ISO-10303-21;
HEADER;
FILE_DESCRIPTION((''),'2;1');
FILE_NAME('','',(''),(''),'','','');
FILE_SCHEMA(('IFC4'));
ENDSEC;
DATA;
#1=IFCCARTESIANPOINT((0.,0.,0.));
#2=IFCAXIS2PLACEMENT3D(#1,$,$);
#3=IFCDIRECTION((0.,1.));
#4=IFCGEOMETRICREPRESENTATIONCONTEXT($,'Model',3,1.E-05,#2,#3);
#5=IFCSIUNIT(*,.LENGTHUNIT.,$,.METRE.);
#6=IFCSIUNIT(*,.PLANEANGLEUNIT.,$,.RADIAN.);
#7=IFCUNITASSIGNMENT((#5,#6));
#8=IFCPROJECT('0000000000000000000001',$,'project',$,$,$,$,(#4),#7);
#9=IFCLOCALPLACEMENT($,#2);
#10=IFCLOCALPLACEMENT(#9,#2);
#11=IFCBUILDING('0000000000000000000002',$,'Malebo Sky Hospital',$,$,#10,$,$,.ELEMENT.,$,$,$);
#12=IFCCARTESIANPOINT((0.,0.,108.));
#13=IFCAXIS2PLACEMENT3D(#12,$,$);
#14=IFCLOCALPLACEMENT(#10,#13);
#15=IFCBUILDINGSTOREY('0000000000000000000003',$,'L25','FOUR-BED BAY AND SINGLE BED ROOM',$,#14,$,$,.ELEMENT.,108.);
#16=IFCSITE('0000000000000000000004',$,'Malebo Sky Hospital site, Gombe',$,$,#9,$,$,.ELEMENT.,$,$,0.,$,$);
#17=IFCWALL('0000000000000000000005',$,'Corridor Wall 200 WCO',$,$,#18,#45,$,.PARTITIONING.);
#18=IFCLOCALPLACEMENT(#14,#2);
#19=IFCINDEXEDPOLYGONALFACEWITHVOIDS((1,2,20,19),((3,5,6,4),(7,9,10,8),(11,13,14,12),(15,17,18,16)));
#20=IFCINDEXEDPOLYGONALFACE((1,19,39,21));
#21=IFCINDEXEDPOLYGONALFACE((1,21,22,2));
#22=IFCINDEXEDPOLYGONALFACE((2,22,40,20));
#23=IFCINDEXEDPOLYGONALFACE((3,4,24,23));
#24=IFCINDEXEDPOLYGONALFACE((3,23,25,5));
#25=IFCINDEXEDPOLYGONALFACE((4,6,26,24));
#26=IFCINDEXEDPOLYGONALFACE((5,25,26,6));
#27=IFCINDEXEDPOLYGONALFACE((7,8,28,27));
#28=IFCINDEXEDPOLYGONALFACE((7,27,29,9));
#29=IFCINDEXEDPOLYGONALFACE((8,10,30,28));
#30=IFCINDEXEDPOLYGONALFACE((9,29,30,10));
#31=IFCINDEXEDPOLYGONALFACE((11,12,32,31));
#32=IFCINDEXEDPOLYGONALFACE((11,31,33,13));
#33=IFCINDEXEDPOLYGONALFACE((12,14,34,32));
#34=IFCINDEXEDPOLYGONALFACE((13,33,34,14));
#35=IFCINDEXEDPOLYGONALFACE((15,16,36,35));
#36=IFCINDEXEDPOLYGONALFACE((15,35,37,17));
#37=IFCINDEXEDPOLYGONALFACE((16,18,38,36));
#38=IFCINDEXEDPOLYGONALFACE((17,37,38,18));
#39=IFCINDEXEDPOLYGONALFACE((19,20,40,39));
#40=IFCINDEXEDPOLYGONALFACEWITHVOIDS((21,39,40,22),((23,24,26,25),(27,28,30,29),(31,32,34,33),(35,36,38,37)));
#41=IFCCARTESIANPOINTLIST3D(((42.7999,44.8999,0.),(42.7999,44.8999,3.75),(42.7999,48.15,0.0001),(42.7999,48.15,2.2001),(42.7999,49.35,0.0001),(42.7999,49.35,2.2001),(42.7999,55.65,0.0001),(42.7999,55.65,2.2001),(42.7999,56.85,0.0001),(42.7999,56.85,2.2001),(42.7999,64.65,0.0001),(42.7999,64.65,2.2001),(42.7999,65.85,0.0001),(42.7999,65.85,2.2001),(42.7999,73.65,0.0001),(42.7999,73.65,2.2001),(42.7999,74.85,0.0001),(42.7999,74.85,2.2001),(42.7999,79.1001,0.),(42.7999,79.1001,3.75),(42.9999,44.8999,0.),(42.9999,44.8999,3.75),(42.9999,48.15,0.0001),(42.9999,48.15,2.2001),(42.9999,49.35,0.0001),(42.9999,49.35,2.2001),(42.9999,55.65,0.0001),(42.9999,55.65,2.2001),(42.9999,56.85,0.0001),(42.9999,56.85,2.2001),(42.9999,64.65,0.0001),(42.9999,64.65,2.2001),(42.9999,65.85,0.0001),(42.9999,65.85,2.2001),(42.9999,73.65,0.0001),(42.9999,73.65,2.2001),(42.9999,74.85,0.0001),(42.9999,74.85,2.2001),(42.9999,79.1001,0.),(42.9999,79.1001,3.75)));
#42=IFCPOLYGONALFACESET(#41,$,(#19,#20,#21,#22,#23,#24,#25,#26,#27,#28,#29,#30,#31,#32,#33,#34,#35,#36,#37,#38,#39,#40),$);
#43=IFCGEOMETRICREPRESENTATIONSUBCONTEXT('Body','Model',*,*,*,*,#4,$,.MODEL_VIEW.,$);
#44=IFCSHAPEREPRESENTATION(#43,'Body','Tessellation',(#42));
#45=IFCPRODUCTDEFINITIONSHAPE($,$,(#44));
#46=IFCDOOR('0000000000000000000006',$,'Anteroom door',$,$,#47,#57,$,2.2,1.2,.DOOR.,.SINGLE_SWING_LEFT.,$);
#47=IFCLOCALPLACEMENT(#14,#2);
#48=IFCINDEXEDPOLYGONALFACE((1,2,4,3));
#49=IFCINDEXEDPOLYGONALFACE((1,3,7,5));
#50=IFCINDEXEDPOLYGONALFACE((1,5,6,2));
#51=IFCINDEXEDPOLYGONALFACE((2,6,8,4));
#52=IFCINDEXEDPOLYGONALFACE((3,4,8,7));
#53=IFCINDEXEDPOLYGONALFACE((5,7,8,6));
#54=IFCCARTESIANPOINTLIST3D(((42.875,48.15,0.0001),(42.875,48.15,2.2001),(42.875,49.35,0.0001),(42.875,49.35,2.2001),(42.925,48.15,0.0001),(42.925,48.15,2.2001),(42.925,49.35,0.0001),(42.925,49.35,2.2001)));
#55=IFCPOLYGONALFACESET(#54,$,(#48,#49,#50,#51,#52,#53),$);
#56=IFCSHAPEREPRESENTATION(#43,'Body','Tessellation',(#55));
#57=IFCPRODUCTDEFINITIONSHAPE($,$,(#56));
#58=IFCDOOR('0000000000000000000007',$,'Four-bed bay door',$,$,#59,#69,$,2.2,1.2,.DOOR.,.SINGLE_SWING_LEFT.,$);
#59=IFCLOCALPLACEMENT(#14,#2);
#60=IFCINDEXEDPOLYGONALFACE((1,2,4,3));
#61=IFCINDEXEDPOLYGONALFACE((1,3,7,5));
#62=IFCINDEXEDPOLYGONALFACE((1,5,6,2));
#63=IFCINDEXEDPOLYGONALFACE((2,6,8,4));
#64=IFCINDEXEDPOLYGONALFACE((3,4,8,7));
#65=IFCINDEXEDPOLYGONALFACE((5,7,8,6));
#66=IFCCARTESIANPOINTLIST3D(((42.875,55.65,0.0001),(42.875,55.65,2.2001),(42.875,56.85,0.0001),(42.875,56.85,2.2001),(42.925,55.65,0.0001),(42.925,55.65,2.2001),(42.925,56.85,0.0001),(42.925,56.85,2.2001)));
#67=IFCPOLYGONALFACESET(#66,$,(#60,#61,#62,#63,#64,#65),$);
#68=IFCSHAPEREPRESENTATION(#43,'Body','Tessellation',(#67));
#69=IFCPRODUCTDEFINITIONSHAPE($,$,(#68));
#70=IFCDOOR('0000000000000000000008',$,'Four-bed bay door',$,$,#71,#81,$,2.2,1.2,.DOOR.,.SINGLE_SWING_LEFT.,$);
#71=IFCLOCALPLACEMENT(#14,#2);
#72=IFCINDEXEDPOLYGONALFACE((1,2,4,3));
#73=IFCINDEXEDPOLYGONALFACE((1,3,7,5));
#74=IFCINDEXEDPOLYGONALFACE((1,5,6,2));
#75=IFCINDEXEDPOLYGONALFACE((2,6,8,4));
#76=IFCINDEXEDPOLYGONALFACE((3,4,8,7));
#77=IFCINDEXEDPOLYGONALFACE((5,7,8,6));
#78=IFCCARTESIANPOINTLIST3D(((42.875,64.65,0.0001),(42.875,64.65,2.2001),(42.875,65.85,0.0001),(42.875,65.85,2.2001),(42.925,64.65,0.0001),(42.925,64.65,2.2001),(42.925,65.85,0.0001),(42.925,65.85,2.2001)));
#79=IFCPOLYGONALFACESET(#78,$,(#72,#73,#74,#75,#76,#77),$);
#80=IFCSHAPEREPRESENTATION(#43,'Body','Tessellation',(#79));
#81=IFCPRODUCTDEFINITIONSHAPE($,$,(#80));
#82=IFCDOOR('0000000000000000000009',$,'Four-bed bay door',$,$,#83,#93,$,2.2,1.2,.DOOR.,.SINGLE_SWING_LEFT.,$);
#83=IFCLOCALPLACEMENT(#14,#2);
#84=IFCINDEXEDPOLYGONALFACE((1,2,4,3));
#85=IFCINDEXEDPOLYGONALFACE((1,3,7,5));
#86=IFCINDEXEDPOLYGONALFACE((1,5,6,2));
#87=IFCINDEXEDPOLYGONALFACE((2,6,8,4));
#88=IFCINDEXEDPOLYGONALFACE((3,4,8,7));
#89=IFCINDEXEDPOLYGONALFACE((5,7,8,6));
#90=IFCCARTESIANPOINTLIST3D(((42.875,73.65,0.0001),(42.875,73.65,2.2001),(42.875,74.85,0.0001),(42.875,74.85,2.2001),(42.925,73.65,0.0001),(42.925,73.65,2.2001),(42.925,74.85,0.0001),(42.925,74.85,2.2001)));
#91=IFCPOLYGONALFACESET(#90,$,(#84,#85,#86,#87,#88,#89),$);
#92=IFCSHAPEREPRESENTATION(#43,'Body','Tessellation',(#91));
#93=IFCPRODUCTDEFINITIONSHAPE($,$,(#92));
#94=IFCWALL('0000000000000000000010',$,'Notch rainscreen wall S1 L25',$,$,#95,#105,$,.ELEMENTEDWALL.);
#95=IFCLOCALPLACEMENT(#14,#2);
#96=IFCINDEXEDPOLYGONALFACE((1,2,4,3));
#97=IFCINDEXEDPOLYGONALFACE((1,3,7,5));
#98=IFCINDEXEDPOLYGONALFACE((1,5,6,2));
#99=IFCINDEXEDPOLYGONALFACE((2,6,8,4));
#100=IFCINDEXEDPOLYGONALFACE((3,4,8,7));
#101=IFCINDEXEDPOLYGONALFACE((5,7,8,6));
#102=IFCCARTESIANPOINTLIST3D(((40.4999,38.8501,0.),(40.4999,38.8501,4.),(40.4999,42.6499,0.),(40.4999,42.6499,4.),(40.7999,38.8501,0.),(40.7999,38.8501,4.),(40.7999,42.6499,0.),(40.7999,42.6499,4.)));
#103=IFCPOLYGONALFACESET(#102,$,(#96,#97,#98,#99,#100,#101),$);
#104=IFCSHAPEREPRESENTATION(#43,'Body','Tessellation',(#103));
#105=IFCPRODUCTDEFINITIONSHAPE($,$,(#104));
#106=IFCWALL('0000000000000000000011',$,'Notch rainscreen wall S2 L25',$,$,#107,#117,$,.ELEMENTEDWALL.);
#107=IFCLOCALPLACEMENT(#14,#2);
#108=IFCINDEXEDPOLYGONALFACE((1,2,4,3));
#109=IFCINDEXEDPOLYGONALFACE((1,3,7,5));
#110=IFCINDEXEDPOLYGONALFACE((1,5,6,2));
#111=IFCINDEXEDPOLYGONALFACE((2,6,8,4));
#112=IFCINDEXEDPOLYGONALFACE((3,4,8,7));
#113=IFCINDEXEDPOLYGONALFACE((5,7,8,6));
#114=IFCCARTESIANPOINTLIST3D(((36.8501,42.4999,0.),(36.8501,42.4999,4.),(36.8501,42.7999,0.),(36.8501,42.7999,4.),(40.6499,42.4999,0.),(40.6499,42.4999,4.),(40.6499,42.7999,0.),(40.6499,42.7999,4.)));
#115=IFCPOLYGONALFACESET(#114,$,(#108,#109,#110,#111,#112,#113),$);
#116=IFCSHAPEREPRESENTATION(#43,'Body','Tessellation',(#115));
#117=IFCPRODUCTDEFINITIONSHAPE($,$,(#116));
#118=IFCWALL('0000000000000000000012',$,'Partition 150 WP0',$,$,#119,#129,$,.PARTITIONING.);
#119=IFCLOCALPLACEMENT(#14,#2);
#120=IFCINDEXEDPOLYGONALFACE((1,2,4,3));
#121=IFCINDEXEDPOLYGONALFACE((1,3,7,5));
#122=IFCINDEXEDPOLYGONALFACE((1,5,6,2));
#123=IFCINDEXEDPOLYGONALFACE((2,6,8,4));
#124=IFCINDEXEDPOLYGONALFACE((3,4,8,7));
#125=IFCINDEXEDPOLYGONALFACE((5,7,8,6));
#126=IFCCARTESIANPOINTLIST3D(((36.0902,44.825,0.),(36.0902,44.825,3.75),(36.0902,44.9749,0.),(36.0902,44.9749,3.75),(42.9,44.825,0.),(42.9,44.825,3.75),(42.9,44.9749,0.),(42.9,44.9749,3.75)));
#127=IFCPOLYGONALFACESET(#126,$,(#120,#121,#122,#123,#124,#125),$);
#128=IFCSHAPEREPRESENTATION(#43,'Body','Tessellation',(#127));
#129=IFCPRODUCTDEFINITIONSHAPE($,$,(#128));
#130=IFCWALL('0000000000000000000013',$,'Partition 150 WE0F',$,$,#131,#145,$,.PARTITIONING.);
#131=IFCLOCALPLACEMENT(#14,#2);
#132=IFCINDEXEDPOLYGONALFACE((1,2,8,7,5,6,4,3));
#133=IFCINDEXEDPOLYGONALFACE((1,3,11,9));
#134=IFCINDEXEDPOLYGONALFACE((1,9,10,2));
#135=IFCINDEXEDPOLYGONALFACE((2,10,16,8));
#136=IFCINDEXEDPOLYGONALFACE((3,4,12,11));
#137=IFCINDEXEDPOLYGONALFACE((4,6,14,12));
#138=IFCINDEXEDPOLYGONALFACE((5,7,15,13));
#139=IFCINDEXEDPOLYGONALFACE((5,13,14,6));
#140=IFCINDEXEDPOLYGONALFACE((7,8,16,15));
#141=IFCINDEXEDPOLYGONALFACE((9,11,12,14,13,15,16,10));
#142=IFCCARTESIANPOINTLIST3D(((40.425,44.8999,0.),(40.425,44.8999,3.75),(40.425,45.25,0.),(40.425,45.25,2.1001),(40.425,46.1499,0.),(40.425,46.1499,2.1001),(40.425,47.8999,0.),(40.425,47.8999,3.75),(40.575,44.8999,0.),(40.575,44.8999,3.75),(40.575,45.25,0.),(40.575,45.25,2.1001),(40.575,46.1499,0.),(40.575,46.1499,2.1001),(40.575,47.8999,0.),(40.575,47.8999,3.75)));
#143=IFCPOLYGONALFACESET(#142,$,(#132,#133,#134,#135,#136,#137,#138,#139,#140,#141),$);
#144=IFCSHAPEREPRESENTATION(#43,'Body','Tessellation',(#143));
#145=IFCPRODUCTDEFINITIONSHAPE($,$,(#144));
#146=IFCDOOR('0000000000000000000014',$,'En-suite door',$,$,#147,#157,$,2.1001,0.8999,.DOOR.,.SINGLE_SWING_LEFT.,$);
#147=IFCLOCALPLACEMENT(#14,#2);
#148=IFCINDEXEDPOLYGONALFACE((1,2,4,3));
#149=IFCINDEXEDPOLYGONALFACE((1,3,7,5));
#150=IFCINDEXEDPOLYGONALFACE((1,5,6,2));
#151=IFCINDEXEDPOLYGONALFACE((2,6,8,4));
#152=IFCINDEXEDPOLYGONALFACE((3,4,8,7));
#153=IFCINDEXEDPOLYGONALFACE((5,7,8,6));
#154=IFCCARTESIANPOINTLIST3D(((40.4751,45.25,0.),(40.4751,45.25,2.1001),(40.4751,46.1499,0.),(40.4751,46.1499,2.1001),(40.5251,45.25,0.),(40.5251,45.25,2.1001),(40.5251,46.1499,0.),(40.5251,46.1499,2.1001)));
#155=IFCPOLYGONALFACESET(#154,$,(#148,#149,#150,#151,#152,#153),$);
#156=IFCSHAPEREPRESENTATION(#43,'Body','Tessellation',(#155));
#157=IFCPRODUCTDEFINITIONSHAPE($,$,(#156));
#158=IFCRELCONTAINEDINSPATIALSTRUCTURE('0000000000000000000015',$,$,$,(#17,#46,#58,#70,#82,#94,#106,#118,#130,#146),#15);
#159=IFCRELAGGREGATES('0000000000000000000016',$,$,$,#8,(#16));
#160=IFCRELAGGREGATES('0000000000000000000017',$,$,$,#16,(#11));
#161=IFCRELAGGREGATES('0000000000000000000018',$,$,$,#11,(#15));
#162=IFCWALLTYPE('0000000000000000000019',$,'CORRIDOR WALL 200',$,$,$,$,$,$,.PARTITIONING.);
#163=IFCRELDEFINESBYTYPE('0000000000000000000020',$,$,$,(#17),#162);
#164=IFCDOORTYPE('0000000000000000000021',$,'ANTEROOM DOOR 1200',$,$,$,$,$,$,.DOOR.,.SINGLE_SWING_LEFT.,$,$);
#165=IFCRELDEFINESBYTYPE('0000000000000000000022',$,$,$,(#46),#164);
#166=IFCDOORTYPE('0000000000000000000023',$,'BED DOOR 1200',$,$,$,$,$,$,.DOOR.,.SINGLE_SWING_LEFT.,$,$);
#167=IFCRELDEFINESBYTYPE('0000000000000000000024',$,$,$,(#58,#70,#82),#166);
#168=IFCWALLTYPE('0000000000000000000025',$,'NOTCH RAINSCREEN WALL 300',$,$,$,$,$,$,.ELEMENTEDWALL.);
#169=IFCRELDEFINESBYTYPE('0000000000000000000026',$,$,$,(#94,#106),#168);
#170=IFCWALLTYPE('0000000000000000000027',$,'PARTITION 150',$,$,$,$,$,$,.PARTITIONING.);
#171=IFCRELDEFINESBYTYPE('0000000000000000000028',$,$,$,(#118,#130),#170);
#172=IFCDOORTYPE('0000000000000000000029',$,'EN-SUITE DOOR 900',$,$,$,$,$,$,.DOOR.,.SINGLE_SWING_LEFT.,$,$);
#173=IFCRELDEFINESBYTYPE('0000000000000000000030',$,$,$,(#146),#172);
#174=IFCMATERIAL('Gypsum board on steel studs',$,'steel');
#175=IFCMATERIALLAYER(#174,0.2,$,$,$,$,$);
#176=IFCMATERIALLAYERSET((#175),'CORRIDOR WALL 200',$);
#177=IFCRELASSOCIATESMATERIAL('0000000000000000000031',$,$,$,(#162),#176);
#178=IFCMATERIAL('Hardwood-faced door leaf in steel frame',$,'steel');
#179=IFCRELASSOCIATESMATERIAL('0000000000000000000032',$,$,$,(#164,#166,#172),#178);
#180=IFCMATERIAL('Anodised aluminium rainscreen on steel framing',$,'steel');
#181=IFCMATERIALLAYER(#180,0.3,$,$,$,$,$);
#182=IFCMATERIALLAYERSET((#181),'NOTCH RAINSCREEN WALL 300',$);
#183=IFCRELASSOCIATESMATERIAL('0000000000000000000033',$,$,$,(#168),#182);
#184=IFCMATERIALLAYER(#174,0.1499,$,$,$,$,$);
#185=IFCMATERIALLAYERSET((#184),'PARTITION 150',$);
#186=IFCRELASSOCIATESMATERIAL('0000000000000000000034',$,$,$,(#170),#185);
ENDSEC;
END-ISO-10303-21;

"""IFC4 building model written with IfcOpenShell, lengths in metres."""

from ifc_helpers import new_model, si_unit, direction, frame, frame_2d, origin, place, context, subcontext, project, spatial, rectangle, extrude, material, layer, layer_set, type_object, element, fill, save


model = new_model("IFC4")

# Units and contexts
model_context = context("Model", 3, precision=1e-05, world=origin(), true_north=direction((0.0, 1.0)))
body_context = subcontext(model_context, "Body", "Model", "MODEL_VIEW")
ifc_project = project(units=[si_unit("LENGTHUNIT", "METRE"), si_unit("PLANEANGLEUNIT", "RADIAN")], contexts=[model_context])

# Site, building, storey
site_placement = place(None, origin())
site = spatial("IfcSite", under=ifc_project, at=site_placement, Name="Malebo Sky Hospital site, Gombe", CompositionType="ELEMENT", RefElevation=0.0)
building_placement = place(site_placement, origin())
building = spatial("IfcBuilding", under=site, at=building_placement, Name="Malebo Sky Hospital", CompositionType="ELEMENT")
storey_placement = place(building_placement, frame((0.0, 0.0, 108.0)))
storey = spatial("IfcBuildingStorey", under=building, at=storey_placement, Name="L25", Description="FOUR-BED BAY AND SINGLE BED ROOM", CompositionType="ELEMENT", Elevation=108.0)

# Wall, openings, doors
ifc_material_1 = material(Name="Gypsum board on steel studs", Category="steel")
ifc_layer_1 = layer(ifc_material_1, 0.2)
ifc_layer_set_1 = layer_set([ifc_layer_1], Name="CORRIDOR WALL 200")
wall_type_1 = type_object("IfcWallType", Name="CORRIDOR WALL 200", PredefinedType="PARTITIONING", material=ifc_layer_set_1)
wall_1_placement = place(storey_placement, frame((42.8999, 44.8999, 0.0), z_axis=(0.0, 0.0, 1.0), x_axis=(0.0, 1.0, 0.0)))
wall_1 = element("IfcWall", 1, at=wall_1_placement, inside=storey, type_object=wall_type_1, Name="Corridor Wall 200 WCO", PredefinedType="PARTITIONING", context=body_context, shape_type="SweptSolid", body=[
    extrude(rectangle(XDim=34.2002, YDim=0.2, at=frame_2d((17.1001, 0.0))), origin(), (0.0, 0.0, 1.0), 3.75),
])
opening_1_placement = place(wall_1_placement, frame((3.25, 0.0, 0.0)))
opening_1 = element("IfcOpeningElement", 2, at=opening_1_placement, cuts=wall_1, PredefinedType="OPENING", context=body_context, shape_type="SweptSolid", body=[
    extrude(rectangle(XDim=1.2, YDim=2.2, at=frame_2d((0.6001, 1.1001))), frame((0.0, 0.1099, 0.0), z_axis=(0.0, -1.0, 0.0), x_axis=(1.0, 0.0, 0.0)), (0.0, 0.0, 1.0), 0.22),
])
opening_2_placement = place(wall_1_placement, frame((10.75, 0.0, 0.0)))
opening_2 = element("IfcOpeningElement", 3, at=opening_2_placement, cuts=wall_1, PredefinedType="OPENING", context=body_context, shape_type="SweptSolid", body=[
    extrude(rectangle(XDim=1.2, YDim=2.2, at=frame_2d((0.6001, 1.1001))), frame((0.0, 0.1099, 0.0), z_axis=(0.0, -1.0, 0.0), x_axis=(1.0, 0.0, 0.0)), (0.0, 0.0, 1.0), 0.22),
])
opening_3_placement = place(wall_1_placement, frame((19.75, 0.0, 0.0)))
opening_3 = element("IfcOpeningElement", 4, at=opening_3_placement, cuts=wall_1, PredefinedType="OPENING", context=body_context, shape_type="SweptSolid", body=[
    extrude(rectangle(XDim=1.2, YDim=2.2, at=frame_2d((0.6001, 1.1001))), frame((0.0, 0.1099, 0.0), z_axis=(0.0, -1.0, 0.0), x_axis=(1.0, 0.0, 0.0)), (0.0, 0.0, 1.0), 0.22),
])
opening_4_placement = place(wall_1_placement, frame((28.75, 0.0, 0.0)))
opening_4 = element("IfcOpeningElement", 5, at=opening_4_placement, cuts=wall_1, PredefinedType="OPENING", context=body_context, shape_type="SweptSolid", body=[
    extrude(rectangle(XDim=1.2, YDim=2.2, at=frame_2d((0.6001, 1.1001))), frame((0.0, 0.1099, 0.0), z_axis=(0.0, -1.0, 0.0), x_axis=(1.0, 0.0, 0.0)), (0.0, 0.0, 1.0), 0.22),
])
ifc_material_2 = material(Name="Hardwood-faced door leaf in steel frame", Category="steel")
door_type_1 = type_object("IfcDoorType", Name="ANTEROOM DOOR 1200", OperationType="SINGLE_SWING_LEFT", PredefinedType="DOOR", material=ifc_material_2)
door_1_placement = place(opening_1_placement, origin())
door_1 = element("IfcDoor", 6, at=door_1_placement, inside=storey, type_object=door_type_1, Name="Anteroom door", OperationType="SINGLE_SWING_LEFT", OverallHeight=2.2, OverallWidth=1.2, PredefinedType="DOOR", context=body_context, shape_type="SweptSolid", body=[
    extrude(rectangle(XDim=1.2, YDim=2.2, at=frame_2d((0.6001, 1.1001))), frame((0.0, 0.0249, 0.0), z_axis=(0.0, -1.0, 0.0), x_axis=(1.0, 0.0, 0.0)), (0.0, 0.0, 1.0), 0.05),
])
fill(opening_1, door_1)
door_type_2 = type_object("IfcDoorType", Name="BED DOOR 1200", OperationType="SINGLE_SWING_LEFT", PredefinedType="DOOR", material=ifc_material_2)
door_2_placement = place(opening_2_placement, origin())
door_2 = element("IfcDoor", 7, at=door_2_placement, inside=storey, type_object=door_type_2, Name="Four-bed bay door", OperationType="SINGLE_SWING_LEFT", OverallHeight=2.2, OverallWidth=1.2, PredefinedType="DOOR", context=body_context, shape_type="SweptSolid", body=[
    extrude(rectangle(XDim=1.2, YDim=2.2, at=frame_2d((0.6001, 1.1001))), frame((0.0, 0.0249, 0.0), z_axis=(0.0, -1.0, 0.0), x_axis=(1.0, 0.0, 0.0)), (0.0, 0.0, 1.0), 0.05),
])
fill(opening_2, door_2)
door_3_placement = place(opening_3_placement, origin())
door_3 = element("IfcDoor", 8, at=door_3_placement, inside=storey, type_object=door_type_2, Name="Four-bed bay door", OperationType="SINGLE_SWING_LEFT", OverallHeight=2.2, OverallWidth=1.2, PredefinedType="DOOR", context=body_context, shape_type="SweptSolid", body=[
    extrude(rectangle(XDim=1.2, YDim=2.2, at=frame_2d((0.6001, 1.1001))), frame((0.0, 0.0249, 0.0), z_axis=(0.0, -1.0, 0.0), x_axis=(1.0, 0.0, 0.0)), (0.0, 0.0, 1.0), 0.05),
])
fill(opening_3, door_3)
door_4_placement = place(opening_4_placement, origin())
door_4 = element("IfcDoor", 9, at=door_4_placement, inside=storey, type_object=door_type_2, Name="Four-bed bay door", OperationType="SINGLE_SWING_LEFT", OverallHeight=2.2, OverallWidth=1.2, PredefinedType="DOOR", context=body_context, shape_type="SweptSolid", body=[
    extrude(rectangle(XDim=1.2, YDim=2.2, at=frame_2d((0.6001, 1.1001))), frame((0.0, 0.0249, 0.0), z_axis=(0.0, -1.0, 0.0), x_axis=(1.0, 0.0, 0.0)), (0.0, 0.0, 1.0), 0.05),
])
fill(opening_4, door_4)

# Walls
ifc_material_3 = material(Name="Anodised aluminium rainscreen on steel framing", Category="steel")
ifc_layer_2 = layer(ifc_material_3, 0.3)
ifc_layer_set_2 = layer_set([ifc_layer_2], Name="NOTCH RAINSCREEN WALL 300")
wall_type_2 = type_object("IfcWallType", Name="NOTCH RAINSCREEN WALL 300", PredefinedType="ELEMENTEDWALL", material=ifc_layer_set_2)
for number, where, z_axis, x_axis, name in (
    (10, (40.6499, 38.8501, 0.0), (0.0, 0.0, 1.0), (0.0, 1.0, 0.0), "Notch rainscreen wall S1 L25"),
    (11, (40.6499, 42.6499, 0.0), (0.0, 0.0, 1.0), (-1.0, 0.0, 0.0), "Notch rainscreen wall S2 L25"),
):
    element("IfcWall", number, at=place(storey_placement, frame(where, z_axis=z_axis, x_axis=x_axis)), inside=storey, type_object=wall_type_2, Name=name, PredefinedType="ELEMENTEDWALL", context=body_context, shape_type="SweptSolid", body=[
        extrude(rectangle(XDim=3.7998, YDim=0.3, at=frame_2d((1.8999, 0.0))), origin(), (0.0, 0.0, 1.0), 4.0),
    ])
ifc_layer_3 = layer(ifc_material_1, 0.1499)
ifc_layer_set_3 = layer_set([ifc_layer_3], Name="PARTITION 150")
wall_type_3 = type_object("IfcWallType", Name="PARTITION 150", PredefinedType="PARTITIONING", material=ifc_layer_set_3)
wall_2_placement = place(storey_placement, frame((42.8999, 44.8999, 0.0), z_axis=(0.0, 0.0, 1.0), x_axis=(-1.0, 0.0, 0.0)))
element("IfcWall", 12, at=wall_2_placement, inside=storey, type_object=wall_type_3, Name="Partition 150 WP0", PredefinedType="PARTITIONING", context=body_context, shape_type="SweptSolid", body=[
    extrude(rectangle(XDim=6.8098, YDim=0.1499, at=frame_2d((3.4048, 0.0))), origin(), (0.0, 0.0, 1.0), 3.75),
])

# Wall, opening, door
wall_3_placement = place(storey_placement, frame((40.5, 44.8999, 0.0), z_axis=(0.0, 0.0, 1.0), x_axis=(0.0, 1.0, 0.0)))
wall_3 = element("IfcWall", 13, at=wall_3_placement, inside=storey, type_object=wall_type_3, Name="Partition 150 WE0F", PredefinedType="PARTITIONING", context=body_context, shape_type="SweptSolid", body=[
    extrude(rectangle(XDim=3.0, YDim=0.1499, at=frame_2d((1.5, 0.0))), origin(), (0.0, 0.0, 1.0), 3.75),
])
opening_5_placement = place(wall_3_placement, frame((0.3501, 0.0, 0.0)))
opening_5 = element("IfcOpeningElement", 14, at=opening_5_placement, cuts=wall_3, PredefinedType="OPENING", context=body_context, shape_type="SweptSolid", body=[
    extrude(rectangle(XDim=0.8999, YDim=2.1001, at=frame_2d((0.45, 1.05))), frame((0.0, 0.085, 0.0), z_axis=(0.0, -1.0, 0.0), x_axis=(1.0, 0.0, 0.0)), (0.0, 0.0, 1.0), 0.1699),
])
door_type_3 = type_object("IfcDoorType", Name="EN-SUITE DOOR 900", OperationType="SINGLE_SWING_LEFT", PredefinedType="DOOR", material=ifc_material_2)
door_5_placement = place(opening_5_placement, origin())
door_5 = element("IfcDoor", 15, at=door_5_placement, inside=storey, type_object=door_type_3, Name="En-suite door", OperationType="SINGLE_SWING_LEFT", OverallHeight=2.1001, OverallWidth=0.8999, PredefinedType="DOOR", context=body_context, shape_type="SweptSolid", body=[
    extrude(rectangle(XDim=0.8999, YDim=2.1001, at=frame_2d((0.45, 1.05))), frame((0.0, 0.0249, 0.0), z_axis=(0.0, -1.0, 0.0), x_axis=(1.0, 0.0, 0.0)), (0.0, 0.0, 1.0), 0.05),
])
fill(opening_5, door_5)

save(model, "model.ifc")
